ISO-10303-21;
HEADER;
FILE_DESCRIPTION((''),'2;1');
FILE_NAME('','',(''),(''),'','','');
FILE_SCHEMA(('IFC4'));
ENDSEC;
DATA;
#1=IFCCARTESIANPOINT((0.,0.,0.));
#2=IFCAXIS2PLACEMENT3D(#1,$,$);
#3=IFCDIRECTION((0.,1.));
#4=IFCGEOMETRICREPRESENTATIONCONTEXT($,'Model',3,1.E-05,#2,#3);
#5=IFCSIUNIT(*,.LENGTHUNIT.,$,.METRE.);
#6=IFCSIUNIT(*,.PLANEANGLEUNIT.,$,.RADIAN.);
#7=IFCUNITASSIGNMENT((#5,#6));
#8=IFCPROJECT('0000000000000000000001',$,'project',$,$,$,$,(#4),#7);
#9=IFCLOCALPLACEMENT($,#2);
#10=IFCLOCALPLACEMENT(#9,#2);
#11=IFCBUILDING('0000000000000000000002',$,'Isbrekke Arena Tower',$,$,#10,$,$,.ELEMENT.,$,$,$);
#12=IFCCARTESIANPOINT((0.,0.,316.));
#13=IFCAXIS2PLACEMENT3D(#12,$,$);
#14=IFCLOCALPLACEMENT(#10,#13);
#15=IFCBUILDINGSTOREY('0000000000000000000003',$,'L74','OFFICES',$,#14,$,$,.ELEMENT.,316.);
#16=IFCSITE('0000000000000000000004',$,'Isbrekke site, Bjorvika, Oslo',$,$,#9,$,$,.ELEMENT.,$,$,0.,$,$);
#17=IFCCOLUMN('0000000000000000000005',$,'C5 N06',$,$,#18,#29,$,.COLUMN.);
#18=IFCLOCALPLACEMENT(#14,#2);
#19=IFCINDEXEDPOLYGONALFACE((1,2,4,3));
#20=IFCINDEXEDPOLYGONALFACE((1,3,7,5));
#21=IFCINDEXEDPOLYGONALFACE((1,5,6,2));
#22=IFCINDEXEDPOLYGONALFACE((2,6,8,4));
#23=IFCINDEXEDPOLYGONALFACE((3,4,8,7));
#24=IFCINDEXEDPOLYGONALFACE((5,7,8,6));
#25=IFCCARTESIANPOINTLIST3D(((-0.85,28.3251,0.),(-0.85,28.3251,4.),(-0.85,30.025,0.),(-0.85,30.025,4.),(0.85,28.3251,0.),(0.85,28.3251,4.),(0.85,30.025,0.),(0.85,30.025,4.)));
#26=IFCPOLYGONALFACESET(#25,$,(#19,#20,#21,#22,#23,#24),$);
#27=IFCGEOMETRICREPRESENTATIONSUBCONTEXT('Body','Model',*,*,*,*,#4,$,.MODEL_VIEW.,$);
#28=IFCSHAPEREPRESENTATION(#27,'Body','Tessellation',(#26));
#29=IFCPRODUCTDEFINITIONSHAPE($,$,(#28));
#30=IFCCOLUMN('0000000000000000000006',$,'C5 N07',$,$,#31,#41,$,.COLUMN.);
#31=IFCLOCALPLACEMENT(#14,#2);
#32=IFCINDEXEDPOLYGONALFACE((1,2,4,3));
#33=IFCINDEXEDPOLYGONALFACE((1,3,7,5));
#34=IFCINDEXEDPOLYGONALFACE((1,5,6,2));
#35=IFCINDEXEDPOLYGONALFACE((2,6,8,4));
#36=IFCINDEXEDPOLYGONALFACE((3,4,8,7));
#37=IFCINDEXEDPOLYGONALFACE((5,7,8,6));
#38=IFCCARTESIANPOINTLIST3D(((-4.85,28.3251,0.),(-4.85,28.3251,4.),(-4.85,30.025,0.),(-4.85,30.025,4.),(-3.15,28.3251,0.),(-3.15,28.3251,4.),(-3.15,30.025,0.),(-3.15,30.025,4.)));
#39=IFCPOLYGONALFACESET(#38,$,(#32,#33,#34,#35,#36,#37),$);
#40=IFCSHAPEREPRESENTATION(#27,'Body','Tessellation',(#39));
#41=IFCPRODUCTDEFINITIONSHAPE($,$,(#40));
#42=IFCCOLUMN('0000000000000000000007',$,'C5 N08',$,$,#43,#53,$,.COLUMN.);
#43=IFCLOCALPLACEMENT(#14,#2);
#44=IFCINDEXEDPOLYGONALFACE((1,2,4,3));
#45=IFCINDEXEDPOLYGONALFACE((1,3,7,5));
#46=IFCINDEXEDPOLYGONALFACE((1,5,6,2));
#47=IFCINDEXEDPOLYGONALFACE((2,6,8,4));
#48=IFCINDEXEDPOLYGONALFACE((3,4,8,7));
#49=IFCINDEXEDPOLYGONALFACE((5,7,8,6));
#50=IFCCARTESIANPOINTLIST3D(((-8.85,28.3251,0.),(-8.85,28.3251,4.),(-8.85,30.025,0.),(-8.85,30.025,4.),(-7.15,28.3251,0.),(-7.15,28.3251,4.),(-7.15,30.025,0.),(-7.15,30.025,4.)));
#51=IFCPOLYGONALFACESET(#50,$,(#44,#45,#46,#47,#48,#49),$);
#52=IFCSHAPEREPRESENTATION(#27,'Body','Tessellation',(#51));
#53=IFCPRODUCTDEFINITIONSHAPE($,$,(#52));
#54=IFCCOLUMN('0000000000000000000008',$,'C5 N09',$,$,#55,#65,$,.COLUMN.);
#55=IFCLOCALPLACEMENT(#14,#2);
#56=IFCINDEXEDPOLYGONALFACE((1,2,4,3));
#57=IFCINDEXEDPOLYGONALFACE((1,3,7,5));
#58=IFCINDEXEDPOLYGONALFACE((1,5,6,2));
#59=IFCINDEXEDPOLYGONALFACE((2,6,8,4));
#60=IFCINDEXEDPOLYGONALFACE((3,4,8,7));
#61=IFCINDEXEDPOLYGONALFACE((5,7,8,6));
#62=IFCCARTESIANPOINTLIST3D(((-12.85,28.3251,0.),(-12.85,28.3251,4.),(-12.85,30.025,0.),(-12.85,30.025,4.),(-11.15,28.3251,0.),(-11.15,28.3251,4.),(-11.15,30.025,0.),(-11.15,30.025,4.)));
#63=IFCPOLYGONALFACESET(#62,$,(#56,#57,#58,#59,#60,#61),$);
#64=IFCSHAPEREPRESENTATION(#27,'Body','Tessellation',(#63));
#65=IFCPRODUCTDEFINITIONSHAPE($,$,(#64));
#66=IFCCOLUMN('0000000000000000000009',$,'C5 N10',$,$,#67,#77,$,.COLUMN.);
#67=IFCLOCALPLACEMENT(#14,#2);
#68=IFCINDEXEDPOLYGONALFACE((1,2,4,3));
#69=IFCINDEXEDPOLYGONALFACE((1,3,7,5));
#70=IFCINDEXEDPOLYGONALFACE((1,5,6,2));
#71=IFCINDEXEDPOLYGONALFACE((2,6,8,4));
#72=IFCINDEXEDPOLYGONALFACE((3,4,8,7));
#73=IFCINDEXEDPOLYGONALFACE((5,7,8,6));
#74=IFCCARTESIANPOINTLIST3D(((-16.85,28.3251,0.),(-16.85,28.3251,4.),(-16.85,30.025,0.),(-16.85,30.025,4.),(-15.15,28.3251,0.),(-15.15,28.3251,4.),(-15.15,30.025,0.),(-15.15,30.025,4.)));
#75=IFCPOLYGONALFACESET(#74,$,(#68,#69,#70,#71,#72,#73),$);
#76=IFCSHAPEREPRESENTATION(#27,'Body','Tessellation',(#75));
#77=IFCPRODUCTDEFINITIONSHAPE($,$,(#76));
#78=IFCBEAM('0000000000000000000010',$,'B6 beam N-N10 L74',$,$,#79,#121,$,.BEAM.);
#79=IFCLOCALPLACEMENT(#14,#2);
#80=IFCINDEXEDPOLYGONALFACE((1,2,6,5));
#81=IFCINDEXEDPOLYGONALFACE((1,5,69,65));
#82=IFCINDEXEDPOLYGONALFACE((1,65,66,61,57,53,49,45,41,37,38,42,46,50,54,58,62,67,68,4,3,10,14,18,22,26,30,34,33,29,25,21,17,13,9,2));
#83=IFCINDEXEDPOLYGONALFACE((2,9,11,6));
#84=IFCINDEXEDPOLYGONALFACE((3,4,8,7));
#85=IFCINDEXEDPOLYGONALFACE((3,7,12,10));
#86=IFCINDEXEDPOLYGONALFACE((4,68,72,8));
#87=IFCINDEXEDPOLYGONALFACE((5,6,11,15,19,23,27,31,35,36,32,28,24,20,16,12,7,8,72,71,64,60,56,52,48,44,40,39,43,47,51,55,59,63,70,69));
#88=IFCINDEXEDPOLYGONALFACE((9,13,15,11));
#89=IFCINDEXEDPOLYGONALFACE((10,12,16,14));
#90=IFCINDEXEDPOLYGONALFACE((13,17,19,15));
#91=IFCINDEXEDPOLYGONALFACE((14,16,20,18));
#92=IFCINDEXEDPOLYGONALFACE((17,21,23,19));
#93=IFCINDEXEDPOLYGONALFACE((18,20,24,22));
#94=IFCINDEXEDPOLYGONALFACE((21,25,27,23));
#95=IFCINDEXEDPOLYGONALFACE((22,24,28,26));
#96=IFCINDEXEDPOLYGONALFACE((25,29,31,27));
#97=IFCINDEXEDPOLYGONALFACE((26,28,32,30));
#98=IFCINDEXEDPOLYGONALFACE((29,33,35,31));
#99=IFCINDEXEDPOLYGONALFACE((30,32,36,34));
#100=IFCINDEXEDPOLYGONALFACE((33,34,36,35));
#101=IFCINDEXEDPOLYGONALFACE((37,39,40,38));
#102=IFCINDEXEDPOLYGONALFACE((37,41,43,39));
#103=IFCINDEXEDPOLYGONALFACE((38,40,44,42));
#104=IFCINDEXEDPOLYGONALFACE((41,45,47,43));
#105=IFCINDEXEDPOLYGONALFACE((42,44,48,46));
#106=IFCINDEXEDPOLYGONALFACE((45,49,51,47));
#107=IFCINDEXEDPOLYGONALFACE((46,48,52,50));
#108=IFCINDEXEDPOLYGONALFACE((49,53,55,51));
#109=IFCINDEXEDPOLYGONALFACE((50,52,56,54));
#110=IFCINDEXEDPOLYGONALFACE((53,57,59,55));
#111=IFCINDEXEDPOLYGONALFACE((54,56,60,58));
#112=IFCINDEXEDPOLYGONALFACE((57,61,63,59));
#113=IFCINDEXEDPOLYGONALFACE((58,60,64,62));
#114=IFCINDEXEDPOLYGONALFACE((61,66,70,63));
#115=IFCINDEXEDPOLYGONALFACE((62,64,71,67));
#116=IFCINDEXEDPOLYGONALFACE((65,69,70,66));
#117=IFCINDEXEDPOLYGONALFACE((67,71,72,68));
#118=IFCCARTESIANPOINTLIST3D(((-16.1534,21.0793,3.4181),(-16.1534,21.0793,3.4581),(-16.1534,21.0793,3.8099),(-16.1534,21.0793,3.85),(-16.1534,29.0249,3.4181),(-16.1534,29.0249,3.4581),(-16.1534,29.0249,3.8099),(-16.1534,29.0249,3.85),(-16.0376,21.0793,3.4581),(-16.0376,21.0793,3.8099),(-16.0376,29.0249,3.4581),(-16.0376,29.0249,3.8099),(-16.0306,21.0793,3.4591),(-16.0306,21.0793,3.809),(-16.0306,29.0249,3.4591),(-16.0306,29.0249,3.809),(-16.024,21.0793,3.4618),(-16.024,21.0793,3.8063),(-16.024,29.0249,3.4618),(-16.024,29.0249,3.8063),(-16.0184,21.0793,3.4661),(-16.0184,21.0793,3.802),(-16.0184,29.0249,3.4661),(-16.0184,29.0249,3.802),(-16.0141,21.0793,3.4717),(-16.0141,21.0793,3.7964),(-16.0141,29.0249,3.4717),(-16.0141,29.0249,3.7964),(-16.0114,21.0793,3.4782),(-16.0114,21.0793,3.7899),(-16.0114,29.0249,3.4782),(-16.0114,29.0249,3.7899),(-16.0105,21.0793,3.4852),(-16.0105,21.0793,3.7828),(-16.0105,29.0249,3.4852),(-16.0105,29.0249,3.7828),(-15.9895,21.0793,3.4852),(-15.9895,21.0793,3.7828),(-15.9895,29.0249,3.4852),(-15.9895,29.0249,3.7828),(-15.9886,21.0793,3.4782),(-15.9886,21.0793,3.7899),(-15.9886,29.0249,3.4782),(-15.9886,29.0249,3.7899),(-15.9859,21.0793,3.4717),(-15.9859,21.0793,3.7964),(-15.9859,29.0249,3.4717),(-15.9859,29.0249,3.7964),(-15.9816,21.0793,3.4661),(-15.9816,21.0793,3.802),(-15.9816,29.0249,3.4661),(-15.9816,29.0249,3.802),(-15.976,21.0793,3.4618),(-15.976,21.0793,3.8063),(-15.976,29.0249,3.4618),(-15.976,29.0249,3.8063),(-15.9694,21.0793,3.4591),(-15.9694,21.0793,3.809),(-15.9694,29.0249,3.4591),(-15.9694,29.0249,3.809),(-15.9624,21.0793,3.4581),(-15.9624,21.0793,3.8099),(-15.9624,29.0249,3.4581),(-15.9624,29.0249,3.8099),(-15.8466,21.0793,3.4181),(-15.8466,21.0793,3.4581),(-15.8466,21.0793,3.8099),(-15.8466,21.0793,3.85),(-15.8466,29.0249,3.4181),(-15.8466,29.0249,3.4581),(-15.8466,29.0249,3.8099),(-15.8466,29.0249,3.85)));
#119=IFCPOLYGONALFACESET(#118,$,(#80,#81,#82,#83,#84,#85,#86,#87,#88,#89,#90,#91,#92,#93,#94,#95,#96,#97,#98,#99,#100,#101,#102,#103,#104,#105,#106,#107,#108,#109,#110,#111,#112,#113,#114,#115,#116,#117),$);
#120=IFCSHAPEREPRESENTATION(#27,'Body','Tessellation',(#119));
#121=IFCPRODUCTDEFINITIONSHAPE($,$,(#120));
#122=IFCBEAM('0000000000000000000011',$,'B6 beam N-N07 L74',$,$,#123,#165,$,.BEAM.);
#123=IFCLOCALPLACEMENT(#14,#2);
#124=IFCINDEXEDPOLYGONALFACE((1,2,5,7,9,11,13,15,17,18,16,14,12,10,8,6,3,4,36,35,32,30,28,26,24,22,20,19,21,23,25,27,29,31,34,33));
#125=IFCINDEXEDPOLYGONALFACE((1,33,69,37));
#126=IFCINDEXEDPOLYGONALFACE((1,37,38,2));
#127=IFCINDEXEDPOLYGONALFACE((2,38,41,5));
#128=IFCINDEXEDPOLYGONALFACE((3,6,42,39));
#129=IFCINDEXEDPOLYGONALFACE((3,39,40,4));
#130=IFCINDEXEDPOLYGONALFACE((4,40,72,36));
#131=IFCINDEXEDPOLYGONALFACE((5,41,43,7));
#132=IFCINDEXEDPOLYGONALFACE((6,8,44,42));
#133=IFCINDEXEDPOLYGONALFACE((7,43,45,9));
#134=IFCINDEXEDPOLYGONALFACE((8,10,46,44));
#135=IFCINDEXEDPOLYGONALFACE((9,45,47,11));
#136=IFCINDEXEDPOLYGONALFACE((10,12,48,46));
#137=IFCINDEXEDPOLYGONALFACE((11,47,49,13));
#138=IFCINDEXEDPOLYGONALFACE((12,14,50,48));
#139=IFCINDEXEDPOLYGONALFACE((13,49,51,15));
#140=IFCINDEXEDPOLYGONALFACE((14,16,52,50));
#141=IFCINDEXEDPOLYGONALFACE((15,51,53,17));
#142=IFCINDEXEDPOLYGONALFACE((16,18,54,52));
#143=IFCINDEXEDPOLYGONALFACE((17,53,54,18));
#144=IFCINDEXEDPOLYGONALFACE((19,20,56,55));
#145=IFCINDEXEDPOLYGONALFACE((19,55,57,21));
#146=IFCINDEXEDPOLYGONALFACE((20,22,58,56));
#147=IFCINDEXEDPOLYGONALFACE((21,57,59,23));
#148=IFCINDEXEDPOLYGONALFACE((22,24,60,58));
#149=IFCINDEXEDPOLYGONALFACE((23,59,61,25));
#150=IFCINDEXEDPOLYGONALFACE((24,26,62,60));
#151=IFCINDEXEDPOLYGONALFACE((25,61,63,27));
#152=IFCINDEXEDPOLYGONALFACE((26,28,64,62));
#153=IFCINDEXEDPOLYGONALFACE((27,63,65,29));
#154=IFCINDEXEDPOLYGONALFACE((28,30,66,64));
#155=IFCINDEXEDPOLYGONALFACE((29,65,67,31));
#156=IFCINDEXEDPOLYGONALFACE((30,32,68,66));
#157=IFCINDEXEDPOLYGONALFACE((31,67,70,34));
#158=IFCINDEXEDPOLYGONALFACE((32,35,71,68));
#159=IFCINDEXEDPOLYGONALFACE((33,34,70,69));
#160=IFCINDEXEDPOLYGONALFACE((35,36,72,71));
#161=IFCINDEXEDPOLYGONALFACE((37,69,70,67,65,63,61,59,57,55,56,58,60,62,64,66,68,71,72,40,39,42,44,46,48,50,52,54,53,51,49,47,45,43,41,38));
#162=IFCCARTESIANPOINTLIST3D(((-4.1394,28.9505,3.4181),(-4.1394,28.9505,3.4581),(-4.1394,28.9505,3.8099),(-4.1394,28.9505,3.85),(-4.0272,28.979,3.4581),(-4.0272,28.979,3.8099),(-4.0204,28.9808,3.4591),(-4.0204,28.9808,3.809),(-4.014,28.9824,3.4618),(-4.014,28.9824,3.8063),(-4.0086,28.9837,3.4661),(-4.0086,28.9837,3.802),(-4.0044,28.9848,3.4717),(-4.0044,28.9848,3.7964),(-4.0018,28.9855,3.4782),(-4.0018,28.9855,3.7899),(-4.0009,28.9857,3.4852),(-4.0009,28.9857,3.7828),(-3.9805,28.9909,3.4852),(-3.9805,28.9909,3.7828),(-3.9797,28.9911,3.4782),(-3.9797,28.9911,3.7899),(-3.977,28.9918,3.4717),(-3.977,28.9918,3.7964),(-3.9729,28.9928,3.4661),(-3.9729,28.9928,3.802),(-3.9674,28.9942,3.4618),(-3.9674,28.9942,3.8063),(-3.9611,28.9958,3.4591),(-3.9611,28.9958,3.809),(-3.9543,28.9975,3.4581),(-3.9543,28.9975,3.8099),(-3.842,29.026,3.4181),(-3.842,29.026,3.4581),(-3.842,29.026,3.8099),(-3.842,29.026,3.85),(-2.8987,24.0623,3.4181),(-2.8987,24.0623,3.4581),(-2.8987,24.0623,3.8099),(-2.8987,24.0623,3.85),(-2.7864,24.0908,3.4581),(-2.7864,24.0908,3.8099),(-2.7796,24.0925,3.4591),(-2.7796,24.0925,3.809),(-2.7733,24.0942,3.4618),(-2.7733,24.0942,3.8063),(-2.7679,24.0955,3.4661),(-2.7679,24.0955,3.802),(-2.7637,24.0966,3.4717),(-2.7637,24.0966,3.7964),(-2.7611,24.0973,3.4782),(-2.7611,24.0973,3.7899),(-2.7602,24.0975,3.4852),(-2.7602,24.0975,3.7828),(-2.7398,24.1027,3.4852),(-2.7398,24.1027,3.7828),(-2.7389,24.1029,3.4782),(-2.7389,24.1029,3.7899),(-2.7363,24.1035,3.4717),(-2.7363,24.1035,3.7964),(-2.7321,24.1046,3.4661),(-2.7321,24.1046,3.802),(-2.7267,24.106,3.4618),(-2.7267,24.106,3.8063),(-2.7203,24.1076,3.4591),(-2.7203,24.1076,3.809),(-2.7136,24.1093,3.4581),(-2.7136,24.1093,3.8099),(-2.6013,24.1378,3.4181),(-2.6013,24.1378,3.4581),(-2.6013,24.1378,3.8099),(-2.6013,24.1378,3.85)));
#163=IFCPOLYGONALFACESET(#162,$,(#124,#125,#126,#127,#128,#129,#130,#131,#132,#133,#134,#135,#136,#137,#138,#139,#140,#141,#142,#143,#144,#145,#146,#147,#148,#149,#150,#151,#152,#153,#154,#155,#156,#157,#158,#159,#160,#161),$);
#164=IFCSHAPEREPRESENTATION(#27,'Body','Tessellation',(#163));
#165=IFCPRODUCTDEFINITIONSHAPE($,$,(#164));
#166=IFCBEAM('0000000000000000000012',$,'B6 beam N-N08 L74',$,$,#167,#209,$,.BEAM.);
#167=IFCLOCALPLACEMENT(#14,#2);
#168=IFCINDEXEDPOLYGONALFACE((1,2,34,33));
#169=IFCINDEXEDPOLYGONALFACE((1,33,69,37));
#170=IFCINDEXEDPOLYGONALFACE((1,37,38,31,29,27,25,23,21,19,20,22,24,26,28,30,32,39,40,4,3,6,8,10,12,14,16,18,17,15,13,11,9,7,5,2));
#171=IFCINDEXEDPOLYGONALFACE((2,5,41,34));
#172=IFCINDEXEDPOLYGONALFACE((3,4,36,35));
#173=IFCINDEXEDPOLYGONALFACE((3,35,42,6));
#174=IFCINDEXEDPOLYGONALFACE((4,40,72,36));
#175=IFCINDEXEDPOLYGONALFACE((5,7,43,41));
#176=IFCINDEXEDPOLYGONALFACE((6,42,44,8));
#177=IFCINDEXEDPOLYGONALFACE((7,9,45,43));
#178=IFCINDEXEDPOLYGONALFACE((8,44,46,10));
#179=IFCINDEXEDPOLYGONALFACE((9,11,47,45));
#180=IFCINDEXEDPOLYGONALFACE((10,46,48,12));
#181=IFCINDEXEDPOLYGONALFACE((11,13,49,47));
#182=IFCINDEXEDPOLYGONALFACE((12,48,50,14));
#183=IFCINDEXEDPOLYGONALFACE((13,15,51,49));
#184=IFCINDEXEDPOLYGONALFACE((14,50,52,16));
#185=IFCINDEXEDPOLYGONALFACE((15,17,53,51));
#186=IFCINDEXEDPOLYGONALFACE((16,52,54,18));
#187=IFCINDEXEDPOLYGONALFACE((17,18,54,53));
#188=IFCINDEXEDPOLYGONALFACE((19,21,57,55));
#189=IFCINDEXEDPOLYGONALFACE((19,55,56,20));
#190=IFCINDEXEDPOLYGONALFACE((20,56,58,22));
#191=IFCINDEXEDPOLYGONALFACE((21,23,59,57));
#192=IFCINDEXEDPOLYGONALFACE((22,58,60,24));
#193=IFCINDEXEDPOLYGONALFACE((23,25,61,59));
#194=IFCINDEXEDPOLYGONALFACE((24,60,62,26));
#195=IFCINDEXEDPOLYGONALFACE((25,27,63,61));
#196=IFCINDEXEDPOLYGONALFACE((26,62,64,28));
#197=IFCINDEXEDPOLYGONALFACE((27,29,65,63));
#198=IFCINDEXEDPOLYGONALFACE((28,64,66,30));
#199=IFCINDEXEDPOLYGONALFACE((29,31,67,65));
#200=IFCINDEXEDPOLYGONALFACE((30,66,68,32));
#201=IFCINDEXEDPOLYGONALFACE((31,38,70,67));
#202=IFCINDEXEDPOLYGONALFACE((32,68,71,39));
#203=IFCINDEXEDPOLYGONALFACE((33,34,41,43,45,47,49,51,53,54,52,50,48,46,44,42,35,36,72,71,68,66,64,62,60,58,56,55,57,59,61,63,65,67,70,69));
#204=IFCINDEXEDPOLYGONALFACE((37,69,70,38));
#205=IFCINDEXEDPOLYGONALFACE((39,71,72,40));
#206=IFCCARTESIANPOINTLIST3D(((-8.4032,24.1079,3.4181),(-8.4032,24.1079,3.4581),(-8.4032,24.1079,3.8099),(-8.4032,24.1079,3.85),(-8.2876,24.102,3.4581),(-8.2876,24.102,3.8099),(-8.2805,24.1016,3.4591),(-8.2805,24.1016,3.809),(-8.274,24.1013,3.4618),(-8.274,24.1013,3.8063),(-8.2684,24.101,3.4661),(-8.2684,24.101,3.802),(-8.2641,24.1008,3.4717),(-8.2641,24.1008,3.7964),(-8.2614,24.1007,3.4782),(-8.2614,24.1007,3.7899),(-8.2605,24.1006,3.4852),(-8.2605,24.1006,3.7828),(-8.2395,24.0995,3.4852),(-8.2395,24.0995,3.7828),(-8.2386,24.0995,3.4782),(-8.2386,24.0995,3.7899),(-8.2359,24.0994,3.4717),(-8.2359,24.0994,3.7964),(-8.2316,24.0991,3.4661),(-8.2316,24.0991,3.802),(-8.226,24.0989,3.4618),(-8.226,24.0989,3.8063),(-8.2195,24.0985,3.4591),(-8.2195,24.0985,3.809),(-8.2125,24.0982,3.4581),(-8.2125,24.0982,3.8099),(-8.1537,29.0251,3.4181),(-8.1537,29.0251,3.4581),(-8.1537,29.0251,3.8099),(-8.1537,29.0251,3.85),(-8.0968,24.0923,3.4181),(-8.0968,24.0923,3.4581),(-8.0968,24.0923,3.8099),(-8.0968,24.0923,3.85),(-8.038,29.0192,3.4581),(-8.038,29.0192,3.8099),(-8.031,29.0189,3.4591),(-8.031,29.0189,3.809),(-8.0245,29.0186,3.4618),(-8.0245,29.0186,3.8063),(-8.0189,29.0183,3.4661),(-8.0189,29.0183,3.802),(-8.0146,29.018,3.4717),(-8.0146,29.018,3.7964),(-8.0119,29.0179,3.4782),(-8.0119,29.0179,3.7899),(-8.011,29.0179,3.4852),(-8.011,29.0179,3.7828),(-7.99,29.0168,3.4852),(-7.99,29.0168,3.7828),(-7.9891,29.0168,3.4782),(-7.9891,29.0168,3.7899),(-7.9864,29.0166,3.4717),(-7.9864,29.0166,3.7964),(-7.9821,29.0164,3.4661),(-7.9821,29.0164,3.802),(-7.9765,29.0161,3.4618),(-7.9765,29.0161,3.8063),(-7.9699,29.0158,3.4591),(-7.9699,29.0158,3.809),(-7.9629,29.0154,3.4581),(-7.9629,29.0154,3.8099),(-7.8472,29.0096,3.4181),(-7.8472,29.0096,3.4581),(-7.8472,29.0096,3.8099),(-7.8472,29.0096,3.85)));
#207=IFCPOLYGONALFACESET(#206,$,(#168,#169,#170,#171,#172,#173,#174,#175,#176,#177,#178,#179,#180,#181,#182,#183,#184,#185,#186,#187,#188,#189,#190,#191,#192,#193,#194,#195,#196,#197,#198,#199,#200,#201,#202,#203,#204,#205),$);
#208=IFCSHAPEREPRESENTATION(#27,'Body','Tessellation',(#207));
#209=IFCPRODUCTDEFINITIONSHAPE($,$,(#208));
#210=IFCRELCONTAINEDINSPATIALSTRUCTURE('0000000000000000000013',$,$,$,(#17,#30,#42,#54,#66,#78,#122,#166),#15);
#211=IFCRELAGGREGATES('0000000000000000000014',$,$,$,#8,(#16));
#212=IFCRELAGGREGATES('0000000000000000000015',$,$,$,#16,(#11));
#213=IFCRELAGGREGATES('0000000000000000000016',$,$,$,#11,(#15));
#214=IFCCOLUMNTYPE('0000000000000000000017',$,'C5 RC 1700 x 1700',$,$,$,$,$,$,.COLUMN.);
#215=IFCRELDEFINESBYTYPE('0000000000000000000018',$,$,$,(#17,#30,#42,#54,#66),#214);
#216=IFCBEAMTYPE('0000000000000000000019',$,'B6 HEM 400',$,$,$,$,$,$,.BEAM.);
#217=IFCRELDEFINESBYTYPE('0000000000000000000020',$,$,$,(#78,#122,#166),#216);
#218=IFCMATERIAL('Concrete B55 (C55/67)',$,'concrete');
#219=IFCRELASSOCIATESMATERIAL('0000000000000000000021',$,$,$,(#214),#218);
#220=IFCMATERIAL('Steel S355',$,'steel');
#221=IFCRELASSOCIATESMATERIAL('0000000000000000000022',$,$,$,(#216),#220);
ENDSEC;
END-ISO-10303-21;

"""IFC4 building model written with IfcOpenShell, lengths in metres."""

from ifc_helpers import new_model, si_unit, direction, frame, origin, origin_2d, place, context, subcontext, project, spatial, rectangle, i_section, extrude, material, material_profile, profile_set, type_object, element, save


model = new_model("IFC4")

# Units and contexts
model_context = context("Model", 3, precision=1e-05, world=origin(), true_north=direction((0.0, 1.0)))
body_context = subcontext(model_context, "Body", "Model", "MODEL_VIEW")
ifc_project = project(units=[si_unit("LENGTHUNIT", "METRE"), si_unit("PLANEANGLEUNIT", "RADIAN")], contexts=[model_context])

# Site, building, storey
site_placement = place(None, origin())
site = spatial("IfcSite", under=ifc_project, at=site_placement, Name="Isbrekke site, Bjorvika, Oslo", CompositionType="ELEMENT", RefElevation=0.0)
building_placement = place(site_placement, origin())
building = spatial("IfcBuilding", under=site, at=building_placement, Name="Isbrekke Arena Tower", CompositionType="ELEMENT")
storey_placement = place(building_placement, frame((0.0, 0.0, 316.0)))
storey = spatial("IfcBuildingStorey", under=building, at=storey_placement, Name="L74", Description="OFFICES", CompositionType="ELEMENT", Elevation=316.0)

# Columns
ifc_material_1 = material(Name="Concrete B55 (C55/67)", Category="concrete")
ifc_material_profile_1 = material_profile(ifc_material_1, rectangle(XDim=1.7, YDim=1.7, at=origin_2d()), Name="RC 1700x1700")
ifc_profile_set_1 = profile_set([ifc_material_profile_1], Name="Concrete B55 (C55/67)")
column_type = type_object("IfcColumnType", Name="C5 RC 1700 x 1700", PredefinedType="COLUMN", material=ifc_profile_set_1)
for number, where, z_axis, x_axis, name in (
    (1, (0.0, 29.175, 0.0), (0.0, 0.0, 1.0), (-1.0, 0.0, 0.0), "C5 N06"),
    (2, (-4.0, 29.175, 0.0), (0.0, 0.0, 1.0), (-1.0, 0.0, 0.0), "C5 N07"),
    (3, (-8.0, 29.175, 0.0), (0.0, 0.0, 1.0), (-1.0, 0.0, 0.0), "C5 N08"),
    (4, (-12.0, 29.175, 0.0), (0.0, 0.0, 1.0), (-1.0, 0.0, 0.0), "C5 N09"),
    (5, (-16.0, 29.175, 0.0), (0.0, 0.0, 1.0), (-1.0, 0.0, 0.0), "C5 N10"),
):
    element("IfcColumn", number, at=place(storey_placement, frame(where, z_axis=z_axis, x_axis=x_axis)), inside=storey, type_object=column_type, Name=name, PredefinedType="COLUMN", context=body_context, shape_type="SweptSolid", body=[
        extrude(rectangle(XDim=1.7, YDim=1.7, at=origin_2d()), origin(), (0.0, 0.0, 1.0), 4.0),
    ])

# Beams
ifc_material_2 = material(Name="Steel S355", Category="steel")
ifc_material_profile_2 = material_profile(ifc_material_2, i_section(OverallWidth=0.3069, OverallDepth=0.4319, WebThickness=0.021, FlangeThickness=0.04, FilletRadius=0.0271, at=origin_2d()), Name="HEM 400")
ifc_profile_set_2 = profile_set([ifc_material_profile_2], Name="Steel S355")
beam_type_1 = type_object("IfcBeamType", Name="B6 HEM 400", PredefinedType="BEAM", material=ifc_profile_set_2)
beam_1_placement = place(storey_placement, frame((-16.0, 29.0249, 3.634), z_axis=(0.0, -1.0, 0.0), x_axis=(1.0, 0.0, 0.0)))
element("IfcBeam", 6, at=beam_1_placement, inside=storey, type_object=beam_type_1, Name="B6 beam N-N10 L74", PredefinedType="BEAM", context=body_context, shape_type="SweptSolid", body=[
    extrude(i_section(OverallWidth=0.3069, OverallDepth=0.4319, WebThickness=0.021, FlangeThickness=0.04, FilletRadius=0.0271, at=origin_2d()), origin(), (0.0, 0.0, 1.0), 7.9456),
])
beam_2_placement = place(storey_placement, frame((-3.9907, 28.9883, 3.634), z_axis=(0.24602, -0.969265, 0.0), x_axis=(0.969265, 0.24602, 0.0)))
element("IfcBeam", 7, at=beam_2_placement, inside=storey, type_object=beam_type_1, Name="B6 beam N-N07 L74", PredefinedType="BEAM", context=body_context, shape_type="SweptSolid", body=[
    extrude(i_section(OverallWidth=0.3069, OverallDepth=0.4319, WebThickness=0.021, FlangeThickness=0.04, FilletRadius=0.0271, at=origin_2d()), origin(), (0.0, 0.0, 1.0), 5.0432),
])
beam_3_placement = place(storey_placement, frame((-8.0005, 29.0173, 3.634), z_axis=(-0.050677, -0.998715, 0.0), x_axis=(0.998715, -0.050677, 0.0)))
element("IfcBeam", 8, at=beam_3_placement, inside=storey, type_object=beam_type_1, Name="B6 beam N-N08 L74", PredefinedType="BEAM", context=body_context, shape_type="SweptSolid", body=[
    extrude(i_section(OverallWidth=0.3069, OverallDepth=0.4319, WebThickness=0.021, FlangeThickness=0.04, FilletRadius=0.0271, at=origin_2d()), origin(), (0.0, 0.0, 1.0), 4.9236),
])

save(model, "model.ifc")
